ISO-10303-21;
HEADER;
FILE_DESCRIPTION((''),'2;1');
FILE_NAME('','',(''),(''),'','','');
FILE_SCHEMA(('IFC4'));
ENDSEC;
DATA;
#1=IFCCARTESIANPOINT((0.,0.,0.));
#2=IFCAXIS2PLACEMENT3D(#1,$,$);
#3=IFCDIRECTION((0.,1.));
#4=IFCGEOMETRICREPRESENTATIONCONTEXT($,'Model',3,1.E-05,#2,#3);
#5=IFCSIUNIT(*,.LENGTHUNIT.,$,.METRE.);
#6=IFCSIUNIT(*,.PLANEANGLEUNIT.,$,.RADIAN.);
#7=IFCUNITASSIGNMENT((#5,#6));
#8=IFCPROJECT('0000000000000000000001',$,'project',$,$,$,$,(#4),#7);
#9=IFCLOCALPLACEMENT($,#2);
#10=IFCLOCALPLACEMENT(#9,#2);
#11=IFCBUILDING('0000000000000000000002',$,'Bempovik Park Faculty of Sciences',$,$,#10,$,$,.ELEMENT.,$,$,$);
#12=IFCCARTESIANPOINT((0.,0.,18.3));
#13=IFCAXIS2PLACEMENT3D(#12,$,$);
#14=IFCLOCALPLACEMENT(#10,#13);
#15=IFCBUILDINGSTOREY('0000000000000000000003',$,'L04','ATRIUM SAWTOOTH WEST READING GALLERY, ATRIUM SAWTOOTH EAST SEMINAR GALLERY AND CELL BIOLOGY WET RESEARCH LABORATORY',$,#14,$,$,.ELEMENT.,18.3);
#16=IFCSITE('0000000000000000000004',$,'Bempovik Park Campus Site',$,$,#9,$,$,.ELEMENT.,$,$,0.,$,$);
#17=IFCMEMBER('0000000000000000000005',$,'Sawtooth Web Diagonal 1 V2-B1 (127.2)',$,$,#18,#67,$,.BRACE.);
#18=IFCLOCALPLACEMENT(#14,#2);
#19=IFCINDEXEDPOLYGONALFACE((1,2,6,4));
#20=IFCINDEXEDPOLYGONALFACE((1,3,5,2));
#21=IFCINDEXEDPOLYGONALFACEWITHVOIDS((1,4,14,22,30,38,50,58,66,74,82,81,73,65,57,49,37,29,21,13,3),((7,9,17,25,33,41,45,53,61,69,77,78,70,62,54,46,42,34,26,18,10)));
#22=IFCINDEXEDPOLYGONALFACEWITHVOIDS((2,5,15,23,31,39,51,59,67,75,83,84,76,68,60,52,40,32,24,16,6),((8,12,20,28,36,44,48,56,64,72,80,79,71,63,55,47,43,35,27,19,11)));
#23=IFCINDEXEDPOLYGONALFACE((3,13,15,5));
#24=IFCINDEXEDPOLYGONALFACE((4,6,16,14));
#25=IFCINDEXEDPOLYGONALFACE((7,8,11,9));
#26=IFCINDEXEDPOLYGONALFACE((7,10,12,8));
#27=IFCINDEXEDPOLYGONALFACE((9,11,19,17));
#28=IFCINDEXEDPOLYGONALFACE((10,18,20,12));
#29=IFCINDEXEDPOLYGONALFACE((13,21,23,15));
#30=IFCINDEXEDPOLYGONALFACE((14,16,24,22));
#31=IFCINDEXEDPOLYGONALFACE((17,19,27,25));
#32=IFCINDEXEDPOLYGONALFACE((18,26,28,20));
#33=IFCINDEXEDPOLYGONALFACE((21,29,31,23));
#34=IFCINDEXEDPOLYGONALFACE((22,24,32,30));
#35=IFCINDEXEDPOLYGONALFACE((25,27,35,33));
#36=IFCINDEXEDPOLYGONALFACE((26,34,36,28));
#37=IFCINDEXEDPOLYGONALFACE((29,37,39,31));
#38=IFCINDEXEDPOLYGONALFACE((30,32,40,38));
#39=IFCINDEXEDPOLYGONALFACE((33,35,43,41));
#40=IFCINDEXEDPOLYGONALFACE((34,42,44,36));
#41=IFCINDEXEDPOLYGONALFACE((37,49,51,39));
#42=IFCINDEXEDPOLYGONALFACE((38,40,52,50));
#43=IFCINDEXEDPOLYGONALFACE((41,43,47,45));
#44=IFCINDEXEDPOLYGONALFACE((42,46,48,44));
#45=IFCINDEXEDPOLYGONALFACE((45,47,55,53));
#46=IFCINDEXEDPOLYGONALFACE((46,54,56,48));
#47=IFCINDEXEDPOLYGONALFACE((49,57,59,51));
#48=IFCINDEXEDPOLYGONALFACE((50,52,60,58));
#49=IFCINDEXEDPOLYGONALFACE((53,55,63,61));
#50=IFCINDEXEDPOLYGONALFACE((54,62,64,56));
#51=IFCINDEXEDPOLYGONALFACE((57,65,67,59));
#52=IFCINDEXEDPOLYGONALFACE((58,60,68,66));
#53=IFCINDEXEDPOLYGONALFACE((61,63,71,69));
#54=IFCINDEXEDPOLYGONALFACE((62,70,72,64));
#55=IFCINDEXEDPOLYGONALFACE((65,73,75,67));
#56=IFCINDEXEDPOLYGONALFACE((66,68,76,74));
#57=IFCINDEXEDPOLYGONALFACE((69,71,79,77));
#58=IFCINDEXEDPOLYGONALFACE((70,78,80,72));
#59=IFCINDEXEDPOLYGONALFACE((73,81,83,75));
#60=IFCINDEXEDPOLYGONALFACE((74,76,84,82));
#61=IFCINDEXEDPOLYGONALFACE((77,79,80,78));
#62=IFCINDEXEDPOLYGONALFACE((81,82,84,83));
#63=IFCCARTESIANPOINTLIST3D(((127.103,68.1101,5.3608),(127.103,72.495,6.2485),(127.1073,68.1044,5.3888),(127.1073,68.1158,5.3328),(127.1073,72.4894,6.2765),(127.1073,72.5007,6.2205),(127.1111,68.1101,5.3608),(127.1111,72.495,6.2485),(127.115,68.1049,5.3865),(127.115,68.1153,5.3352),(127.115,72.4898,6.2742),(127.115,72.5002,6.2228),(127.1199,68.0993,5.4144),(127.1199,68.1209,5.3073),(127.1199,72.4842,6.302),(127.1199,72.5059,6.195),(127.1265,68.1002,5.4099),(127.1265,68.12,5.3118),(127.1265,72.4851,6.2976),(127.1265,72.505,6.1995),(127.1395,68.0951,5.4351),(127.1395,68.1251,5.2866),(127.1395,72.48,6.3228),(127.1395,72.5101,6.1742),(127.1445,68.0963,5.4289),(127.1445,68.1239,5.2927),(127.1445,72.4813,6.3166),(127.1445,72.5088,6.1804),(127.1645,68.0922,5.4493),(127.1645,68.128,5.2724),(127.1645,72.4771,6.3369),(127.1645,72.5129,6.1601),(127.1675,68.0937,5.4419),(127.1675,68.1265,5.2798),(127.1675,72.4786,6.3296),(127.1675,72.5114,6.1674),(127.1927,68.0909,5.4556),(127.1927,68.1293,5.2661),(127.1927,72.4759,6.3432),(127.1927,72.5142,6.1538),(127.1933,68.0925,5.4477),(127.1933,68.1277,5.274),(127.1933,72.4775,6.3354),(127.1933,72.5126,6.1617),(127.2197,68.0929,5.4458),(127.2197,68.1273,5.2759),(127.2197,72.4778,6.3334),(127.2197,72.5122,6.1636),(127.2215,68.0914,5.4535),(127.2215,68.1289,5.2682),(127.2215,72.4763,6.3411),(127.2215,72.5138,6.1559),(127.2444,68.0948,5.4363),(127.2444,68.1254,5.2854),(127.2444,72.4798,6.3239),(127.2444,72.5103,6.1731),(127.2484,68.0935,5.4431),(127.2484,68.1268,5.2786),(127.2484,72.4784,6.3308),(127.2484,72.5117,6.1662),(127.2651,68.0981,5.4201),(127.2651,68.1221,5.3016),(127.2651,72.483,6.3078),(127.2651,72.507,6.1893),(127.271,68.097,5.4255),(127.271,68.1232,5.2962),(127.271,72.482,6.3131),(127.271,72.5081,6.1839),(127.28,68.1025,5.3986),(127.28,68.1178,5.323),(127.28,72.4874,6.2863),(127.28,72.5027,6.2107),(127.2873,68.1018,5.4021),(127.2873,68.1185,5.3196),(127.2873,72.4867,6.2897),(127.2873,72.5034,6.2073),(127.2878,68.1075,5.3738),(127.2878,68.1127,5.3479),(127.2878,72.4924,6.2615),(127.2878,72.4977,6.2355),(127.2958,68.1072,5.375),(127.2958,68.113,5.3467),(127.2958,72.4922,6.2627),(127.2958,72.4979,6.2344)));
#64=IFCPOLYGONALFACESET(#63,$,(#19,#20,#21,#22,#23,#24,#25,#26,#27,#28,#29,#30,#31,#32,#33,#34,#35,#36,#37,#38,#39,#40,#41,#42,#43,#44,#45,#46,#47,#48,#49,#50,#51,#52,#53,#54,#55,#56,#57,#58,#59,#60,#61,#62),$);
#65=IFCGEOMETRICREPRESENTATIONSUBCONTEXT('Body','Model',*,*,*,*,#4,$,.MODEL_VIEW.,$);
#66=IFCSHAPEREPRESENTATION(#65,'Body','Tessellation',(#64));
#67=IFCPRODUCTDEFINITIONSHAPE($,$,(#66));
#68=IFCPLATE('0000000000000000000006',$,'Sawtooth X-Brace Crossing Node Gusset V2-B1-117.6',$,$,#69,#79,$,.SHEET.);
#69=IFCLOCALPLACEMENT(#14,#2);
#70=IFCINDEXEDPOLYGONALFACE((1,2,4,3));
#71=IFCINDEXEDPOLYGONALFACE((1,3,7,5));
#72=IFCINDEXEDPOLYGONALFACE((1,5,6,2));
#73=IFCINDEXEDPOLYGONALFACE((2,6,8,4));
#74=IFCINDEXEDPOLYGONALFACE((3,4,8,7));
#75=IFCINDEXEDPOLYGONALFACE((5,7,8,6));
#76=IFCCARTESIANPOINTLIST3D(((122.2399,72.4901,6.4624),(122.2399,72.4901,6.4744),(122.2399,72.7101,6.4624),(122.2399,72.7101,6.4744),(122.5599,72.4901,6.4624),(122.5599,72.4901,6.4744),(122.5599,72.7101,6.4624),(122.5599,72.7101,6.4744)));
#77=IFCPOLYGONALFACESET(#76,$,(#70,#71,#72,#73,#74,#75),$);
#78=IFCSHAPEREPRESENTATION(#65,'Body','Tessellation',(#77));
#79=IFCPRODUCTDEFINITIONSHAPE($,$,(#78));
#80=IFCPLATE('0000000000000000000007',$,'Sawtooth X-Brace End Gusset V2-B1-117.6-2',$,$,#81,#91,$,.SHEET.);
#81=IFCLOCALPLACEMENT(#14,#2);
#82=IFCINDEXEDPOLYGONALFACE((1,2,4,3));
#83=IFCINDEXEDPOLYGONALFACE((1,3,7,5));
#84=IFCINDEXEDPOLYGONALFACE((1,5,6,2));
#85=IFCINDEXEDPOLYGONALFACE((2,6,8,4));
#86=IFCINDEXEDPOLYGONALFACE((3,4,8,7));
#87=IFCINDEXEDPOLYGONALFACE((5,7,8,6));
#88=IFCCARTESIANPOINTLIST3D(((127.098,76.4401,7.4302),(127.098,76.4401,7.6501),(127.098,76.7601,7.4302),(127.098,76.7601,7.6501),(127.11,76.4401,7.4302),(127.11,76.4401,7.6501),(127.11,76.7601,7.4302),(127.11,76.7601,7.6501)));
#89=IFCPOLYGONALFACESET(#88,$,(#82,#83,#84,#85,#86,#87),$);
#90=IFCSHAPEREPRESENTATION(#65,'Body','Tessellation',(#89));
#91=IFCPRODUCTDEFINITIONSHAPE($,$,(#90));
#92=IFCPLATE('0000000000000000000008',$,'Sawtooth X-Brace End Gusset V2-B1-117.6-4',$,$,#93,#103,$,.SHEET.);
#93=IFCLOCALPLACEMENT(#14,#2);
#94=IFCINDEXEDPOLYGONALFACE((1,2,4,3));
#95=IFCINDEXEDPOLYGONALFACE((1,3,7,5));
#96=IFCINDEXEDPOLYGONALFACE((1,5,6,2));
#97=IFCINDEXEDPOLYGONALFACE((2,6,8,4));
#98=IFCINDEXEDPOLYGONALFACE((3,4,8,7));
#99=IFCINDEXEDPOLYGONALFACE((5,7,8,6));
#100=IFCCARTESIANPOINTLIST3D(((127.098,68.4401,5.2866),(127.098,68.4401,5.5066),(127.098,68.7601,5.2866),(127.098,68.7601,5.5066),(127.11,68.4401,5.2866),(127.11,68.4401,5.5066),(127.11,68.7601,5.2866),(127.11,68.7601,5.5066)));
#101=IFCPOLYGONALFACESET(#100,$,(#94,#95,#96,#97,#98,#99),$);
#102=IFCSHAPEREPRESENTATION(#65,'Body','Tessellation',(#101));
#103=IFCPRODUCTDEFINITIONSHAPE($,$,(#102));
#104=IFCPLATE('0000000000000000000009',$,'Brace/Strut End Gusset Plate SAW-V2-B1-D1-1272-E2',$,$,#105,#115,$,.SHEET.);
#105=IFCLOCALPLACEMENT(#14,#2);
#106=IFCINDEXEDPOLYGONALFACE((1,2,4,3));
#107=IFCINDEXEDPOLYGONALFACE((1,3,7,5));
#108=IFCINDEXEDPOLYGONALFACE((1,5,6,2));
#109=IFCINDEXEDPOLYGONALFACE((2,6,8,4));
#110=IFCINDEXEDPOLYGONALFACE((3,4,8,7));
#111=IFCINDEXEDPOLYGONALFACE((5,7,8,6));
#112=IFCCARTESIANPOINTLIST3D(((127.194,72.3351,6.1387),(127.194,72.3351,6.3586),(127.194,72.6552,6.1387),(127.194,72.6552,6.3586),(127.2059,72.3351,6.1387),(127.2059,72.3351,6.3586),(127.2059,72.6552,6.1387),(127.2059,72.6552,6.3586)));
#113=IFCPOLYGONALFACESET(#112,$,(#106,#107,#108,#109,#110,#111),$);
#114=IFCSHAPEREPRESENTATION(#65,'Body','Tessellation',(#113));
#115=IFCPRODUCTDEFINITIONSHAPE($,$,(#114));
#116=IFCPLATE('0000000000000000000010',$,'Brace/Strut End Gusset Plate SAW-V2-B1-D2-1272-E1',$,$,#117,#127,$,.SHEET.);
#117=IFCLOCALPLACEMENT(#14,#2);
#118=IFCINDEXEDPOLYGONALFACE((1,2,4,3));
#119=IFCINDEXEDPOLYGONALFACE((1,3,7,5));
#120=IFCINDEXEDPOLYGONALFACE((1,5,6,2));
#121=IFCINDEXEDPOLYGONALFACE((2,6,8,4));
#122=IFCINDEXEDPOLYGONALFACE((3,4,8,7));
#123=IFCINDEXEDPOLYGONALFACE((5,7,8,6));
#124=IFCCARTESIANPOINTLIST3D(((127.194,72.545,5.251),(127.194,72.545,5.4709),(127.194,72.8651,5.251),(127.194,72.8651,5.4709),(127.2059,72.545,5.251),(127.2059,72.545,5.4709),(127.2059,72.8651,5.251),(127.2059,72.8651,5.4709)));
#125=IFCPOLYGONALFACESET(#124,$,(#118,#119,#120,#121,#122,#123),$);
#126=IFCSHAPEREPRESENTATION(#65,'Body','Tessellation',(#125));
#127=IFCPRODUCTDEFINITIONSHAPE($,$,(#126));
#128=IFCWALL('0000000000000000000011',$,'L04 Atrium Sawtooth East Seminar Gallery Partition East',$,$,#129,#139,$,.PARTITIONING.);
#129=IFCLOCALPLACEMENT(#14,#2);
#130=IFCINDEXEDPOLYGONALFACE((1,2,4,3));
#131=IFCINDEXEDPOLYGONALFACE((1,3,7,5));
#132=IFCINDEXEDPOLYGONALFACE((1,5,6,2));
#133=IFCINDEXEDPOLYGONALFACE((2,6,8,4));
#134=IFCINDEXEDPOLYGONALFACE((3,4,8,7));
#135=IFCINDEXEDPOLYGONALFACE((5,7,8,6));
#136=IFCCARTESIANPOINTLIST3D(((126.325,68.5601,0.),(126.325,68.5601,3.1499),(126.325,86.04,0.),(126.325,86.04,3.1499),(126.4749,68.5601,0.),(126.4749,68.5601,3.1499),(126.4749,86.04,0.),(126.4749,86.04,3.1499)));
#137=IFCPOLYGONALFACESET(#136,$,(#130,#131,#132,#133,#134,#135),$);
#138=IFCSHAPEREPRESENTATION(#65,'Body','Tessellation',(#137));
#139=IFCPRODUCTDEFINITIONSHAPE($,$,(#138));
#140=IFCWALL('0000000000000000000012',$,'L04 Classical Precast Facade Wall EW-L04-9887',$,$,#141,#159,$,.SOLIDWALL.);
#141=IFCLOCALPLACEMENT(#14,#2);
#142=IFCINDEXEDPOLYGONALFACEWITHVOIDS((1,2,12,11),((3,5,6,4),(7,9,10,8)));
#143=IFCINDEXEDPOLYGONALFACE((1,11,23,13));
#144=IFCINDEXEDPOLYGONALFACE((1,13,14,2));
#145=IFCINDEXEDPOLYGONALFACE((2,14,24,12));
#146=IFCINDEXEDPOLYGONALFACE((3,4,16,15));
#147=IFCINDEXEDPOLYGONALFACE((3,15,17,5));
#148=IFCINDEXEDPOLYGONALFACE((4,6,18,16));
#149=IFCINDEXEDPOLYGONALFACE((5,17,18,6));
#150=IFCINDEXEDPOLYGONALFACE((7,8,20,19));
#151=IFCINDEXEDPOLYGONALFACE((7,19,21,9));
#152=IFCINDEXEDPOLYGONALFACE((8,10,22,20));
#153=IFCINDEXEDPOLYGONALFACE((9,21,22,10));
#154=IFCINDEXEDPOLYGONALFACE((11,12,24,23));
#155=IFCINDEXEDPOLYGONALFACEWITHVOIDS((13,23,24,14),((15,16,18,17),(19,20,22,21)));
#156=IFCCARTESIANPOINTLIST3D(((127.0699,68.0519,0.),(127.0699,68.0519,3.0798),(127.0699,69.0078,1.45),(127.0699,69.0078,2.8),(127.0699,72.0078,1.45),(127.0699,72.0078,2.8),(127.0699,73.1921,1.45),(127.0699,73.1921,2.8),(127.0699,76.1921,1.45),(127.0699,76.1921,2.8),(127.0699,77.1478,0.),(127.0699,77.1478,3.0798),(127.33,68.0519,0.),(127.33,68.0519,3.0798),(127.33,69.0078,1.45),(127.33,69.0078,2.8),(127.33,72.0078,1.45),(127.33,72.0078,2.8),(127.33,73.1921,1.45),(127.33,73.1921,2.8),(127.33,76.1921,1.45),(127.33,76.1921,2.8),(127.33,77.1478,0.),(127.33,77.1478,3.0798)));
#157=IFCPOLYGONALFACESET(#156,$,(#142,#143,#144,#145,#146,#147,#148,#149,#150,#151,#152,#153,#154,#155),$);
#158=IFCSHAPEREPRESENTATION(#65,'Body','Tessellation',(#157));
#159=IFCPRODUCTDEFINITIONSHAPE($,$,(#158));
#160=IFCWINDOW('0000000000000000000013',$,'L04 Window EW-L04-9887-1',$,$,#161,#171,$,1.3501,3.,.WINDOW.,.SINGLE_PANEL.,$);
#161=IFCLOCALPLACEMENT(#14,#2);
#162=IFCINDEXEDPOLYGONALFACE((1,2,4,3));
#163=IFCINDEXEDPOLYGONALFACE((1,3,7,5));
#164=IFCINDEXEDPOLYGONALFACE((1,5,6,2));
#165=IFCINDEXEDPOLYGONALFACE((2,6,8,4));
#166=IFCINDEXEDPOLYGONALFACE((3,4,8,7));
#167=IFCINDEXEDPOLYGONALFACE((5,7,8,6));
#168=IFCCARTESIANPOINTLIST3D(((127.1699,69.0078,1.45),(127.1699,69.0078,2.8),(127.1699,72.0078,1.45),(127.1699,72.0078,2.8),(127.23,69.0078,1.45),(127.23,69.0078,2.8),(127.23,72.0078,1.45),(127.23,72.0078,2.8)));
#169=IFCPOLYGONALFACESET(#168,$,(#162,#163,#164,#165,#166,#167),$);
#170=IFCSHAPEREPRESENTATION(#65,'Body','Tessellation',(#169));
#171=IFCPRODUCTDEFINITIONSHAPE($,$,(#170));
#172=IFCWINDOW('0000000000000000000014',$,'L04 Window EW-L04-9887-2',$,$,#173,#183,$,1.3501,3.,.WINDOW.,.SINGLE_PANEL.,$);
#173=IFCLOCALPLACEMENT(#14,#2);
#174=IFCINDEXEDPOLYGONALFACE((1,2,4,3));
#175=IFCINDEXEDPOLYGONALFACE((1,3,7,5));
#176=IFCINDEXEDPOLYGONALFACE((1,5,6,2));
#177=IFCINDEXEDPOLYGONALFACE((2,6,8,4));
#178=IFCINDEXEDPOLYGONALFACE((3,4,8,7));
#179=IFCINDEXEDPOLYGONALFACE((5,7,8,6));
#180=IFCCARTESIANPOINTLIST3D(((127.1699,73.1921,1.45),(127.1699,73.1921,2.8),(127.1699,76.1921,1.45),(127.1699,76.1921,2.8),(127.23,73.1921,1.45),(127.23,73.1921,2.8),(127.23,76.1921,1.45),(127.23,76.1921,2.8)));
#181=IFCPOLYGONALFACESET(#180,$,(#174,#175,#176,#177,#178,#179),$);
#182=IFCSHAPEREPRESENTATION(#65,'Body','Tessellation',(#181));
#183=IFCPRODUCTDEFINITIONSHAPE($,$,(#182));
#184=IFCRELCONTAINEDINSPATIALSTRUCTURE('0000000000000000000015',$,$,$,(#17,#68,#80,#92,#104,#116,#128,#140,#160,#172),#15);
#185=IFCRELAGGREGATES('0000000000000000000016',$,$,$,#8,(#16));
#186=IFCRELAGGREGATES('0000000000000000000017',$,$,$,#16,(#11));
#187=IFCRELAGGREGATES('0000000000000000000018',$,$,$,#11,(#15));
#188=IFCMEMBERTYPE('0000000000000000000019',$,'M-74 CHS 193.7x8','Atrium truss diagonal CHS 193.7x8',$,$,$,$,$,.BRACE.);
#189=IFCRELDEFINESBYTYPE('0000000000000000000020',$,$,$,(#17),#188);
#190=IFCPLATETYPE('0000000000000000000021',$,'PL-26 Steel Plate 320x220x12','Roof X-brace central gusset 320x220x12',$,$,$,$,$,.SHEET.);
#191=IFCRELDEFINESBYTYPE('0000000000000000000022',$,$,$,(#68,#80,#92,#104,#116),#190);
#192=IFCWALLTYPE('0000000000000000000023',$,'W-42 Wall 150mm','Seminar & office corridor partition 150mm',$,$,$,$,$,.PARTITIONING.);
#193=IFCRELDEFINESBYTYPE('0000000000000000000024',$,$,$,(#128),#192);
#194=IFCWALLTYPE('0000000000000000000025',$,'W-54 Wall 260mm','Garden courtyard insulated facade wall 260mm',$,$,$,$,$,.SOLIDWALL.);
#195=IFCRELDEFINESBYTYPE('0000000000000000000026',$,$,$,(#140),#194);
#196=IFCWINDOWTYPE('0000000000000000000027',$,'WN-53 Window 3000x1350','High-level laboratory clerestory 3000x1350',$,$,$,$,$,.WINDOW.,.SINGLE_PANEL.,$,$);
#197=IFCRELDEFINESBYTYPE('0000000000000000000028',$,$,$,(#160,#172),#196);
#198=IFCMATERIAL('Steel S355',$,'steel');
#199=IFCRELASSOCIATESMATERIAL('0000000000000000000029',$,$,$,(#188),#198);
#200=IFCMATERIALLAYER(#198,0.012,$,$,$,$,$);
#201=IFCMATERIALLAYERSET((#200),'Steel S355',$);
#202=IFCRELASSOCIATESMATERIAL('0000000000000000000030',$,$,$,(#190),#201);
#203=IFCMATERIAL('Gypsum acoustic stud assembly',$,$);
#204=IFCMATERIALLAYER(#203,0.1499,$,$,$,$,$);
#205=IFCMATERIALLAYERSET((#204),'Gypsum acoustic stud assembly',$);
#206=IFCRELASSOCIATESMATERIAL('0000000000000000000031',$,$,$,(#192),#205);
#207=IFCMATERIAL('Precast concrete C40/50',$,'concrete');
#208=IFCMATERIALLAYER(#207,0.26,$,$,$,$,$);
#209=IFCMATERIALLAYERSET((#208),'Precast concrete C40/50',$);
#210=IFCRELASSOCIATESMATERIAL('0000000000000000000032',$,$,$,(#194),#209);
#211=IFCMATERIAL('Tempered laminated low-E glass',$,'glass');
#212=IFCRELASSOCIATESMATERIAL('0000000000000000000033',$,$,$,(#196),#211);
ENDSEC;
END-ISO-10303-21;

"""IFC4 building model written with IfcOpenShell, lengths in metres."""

from ifc_helpers import new_model, si_unit, direction, frame, frame_2d, origin, origin_2d, place, context, subcontext, project, spatial, rectangle, hollow_circle, extrude, material, layer, layer_set, material_profile, profile_set, type_object, element, fill, save


model = new_model("IFC4")

# Units and contexts
model_context = context("Model", 3, precision=1e-05, world=origin(), true_north=direction((0.0, 1.0)))
body_context = subcontext(model_context, "Body", "Model", "MODEL_VIEW")
ifc_project = project(units=[si_unit("LENGTHUNIT", "METRE"), si_unit("PLANEANGLEUNIT", "RADIAN")], contexts=[model_context])

# Site, building, storey
site_placement = place(None, origin())
site = spatial("IfcSite", under=ifc_project, at=site_placement, Name="Bempovik Park Campus Site", CompositionType="ELEMENT", RefElevation=0.0)
building_placement = place(site_placement, origin())
building = spatial("IfcBuilding", under=site, at=building_placement, Name="Bempovik Park Faculty of Sciences", CompositionType="ELEMENT")
storey_placement = place(building_placement, frame((0.0, 0.0, 18.3)))
storey = spatial("IfcBuildingStorey", under=building, at=storey_placement, Name="L04", Description="ATRIUM SAWTOOTH WEST READING GALLERY, ATRIUM SAWTOOTH EAST SEMINAR GALLERY AND CELL BIOLOGY WET RESEARCH LABORATORY", CompositionType="ELEMENT", Elevation=18.3)

# Member
ifc_material_1 = material(Name="Steel S355", Category="steel")
ifc_material_profile_1 = material_profile(ifc_material_1, hollow_circle(Radius=0.0969, WallThickness=0.0081, at=origin_2d()), Name="CHS 193.7x8")
ifc_profile_set_1 = profile_set([ifc_material_profile_1], Name="Steel S355")
member_type_1 = type_object("IfcMemberType", Name="M-74 CHS 193.7x8", Description="Atrium truss diagonal CHS 193.7x8", PredefinedType="BRACE", material=ifc_profile_set_1)
member_1_placement = place(storey_placement, frame((127.2, 68.1101, 5.3608), z_axis=(0.0, 0.980118, 0.198414), x_axis=(-1.0, 0.0, 0.0)))
element("IfcMember", 1, at=member_1_placement, inside=storey, type_object=member_type_1, Name="Sawtooth Web Diagonal 1 V2-B1 (127.2)", PredefinedType="BRACE", context=body_context, shape_type="SweptSolid", body=[
    extrude(hollow_circle(Radius=0.0969, WallThickness=0.0081, at=origin_2d()), origin(), (0.0, 0.0, 1.0), 4.4739),
])

# Plates
ifc_layer_1 = layer(ifc_material_1, 0.012)
ifc_layer_set_1 = layer_set([ifc_layer_1], Name="Steel S355")
plate_type = type_object("IfcPlateType", Name="PL-26 Steel Plate 320x220x12", Description="Roof X-brace central gusset 320x220x12", PredefinedType="SHEET", material=ifc_layer_set_1)
plate_placement = place(storey_placement, frame((122.3999, 72.6001, 6.4624), z_axis=(0.0, 0.0, 1.0), x_axis=(1.0, 0.0, 0.0)))
element("IfcPlate", 2, at=plate_placement, inside=storey, type_object=plate_type, Name="Sawtooth X-Brace Crossing Node Gusset V2-B1-117.6", PredefinedType="SHEET", context=body_context, shape_type="SweptSolid", body=[
    extrude(rectangle(XDim=0.3201, YDim=0.22, at=origin_2d()), origin(), (0.0, 0.0, 1.0), 0.012),
])
for number, where, z_axis, x_axis, name in (
    (3, (127.104, 76.6001, 7.4302), (0.0, 0.0, 1.0), (1.0, 0.0, 0.0), "Sawtooth X-Brace End Gusset V2-B1-117.6-2"),
    (4, (127.104, 68.6001, 5.2866), (0.0, 0.0, 1.0), (1.0, 0.0, 0.0), "Sawtooth X-Brace End Gusset V2-B1-117.6-4"),
    (5, (127.2, 72.4951, 6.1387), (0.0, 0.0, 1.0), (1.0, 0.0, 0.0), "Brace/Strut End Gusset Plate SAW-V2-B1-D1-1272-E2"),
    (6, (127.2, 72.7051, 5.251), (0.0, 0.0, 1.0), (1.0, 0.0, 0.0), "Brace/Strut End Gusset Plate SAW-V2-B1-D2-1272-E1"),
):
    element("IfcPlate", number, at=place(storey_placement, frame(where, z_axis=z_axis, x_axis=x_axis)), inside=storey, type_object=plate_type, Name=name, PredefinedType="SHEET", context=body_context, shape_type="SweptSolid", body=[
        extrude(rectangle(XDim=0.012, YDim=0.3201, at=origin_2d()), origin(), (0.0, 0.0, 1.0), 0.22),
    ])

# Wall
ifc_material_2 = material(Name="Gypsum acoustic stud assembly")
ifc_layer_2 = layer(ifc_material_2, 0.1499)
ifc_layer_set_2 = layer_set([ifc_layer_2], Name="Gypsum acoustic stud assembly")
wall_type_1 = type_object("IfcWallType", Name="W-42 Wall 150mm", Description="Seminar & office corridor partition 150mm", PredefinedType="PARTITIONING", material=ifc_layer_set_2)
wall_1_placement = place(storey_placement, frame((126.3999, 68.5601, 0.0), z_axis=(0.0, 0.0, 1.0), x_axis=(0.0, 1.0, 0.0)))
element("IfcWall", 7, at=wall_1_placement, inside=storey, type_object=wall_type_1, Name="L04 Atrium Sawtooth East Seminar Gallery Partition East", PredefinedType="PARTITIONING", context=body_context, shape_type="SweptSolid", body=[
    extrude(rectangle(XDim=17.48, YDim=0.1499, at=frame_2d((8.74, 0.0))), origin(), (0.0, 0.0, 1.0), 3.1499),
])

# Wall, openings, windows
ifc_material_3 = material(Name="Precast concrete C40/50", Category="concrete")
ifc_layer_3 = layer(ifc_material_3, 0.26)
ifc_layer_set_3 = layer_set([ifc_layer_3], Name="Precast concrete C40/50")
wall_type_2 = type_object("IfcWallType", Name="W-54 Wall 260mm", Description="Garden courtyard insulated facade wall 260mm", PredefinedType="SOLIDWALL", material=ifc_layer_set_3)
wall_2_placement = place(storey_placement, frame((127.2, 68.052, 0.0), z_axis=(0.0, 0.0, 1.0), x_axis=(0.0, 1.0, 0.0)))
wall_2 = element("IfcWall", 8, at=wall_2_placement, inside=storey, type_object=wall_type_2, Name="L04 Classical Precast Facade Wall EW-L04-9887", PredefinedType="SOLIDWALL", context=body_context, shape_type="SweptSolid", body=[
    extrude(rectangle(XDim=9.0959, YDim=0.26, at=frame_2d((4.5479, 0.0))), origin(), (0.0, 0.0, 1.0), 3.0798),
])
opening_1_placement = place(wall_2_placement, frame((0.9558, 0.0, 1.45)))
opening_1 = element("IfcOpeningElement", 9, at=opening_1_placement, cuts=wall_2, PredefinedType="OPENING", context=body_context, shape_type="SweptSolid", body=[
    extrude(rectangle(XDim=3.0, YDim=1.3501, at=frame_2d((1.5, 0.675))), frame((0.0, 0.1401, 0.0), z_axis=(0.0, -1.0, 0.0), x_axis=(1.0, 0.0, 0.0)), (0.0, 0.0, 1.0), 0.28),
])
opening_2_placement = place(wall_2_placement, frame((5.1401, 0.0, 1.45)))
opening_2 = element("IfcOpeningElement", 10, at=opening_2_placement, cuts=wall_2, PredefinedType="OPENING", context=body_context, shape_type="SweptSolid", body=[
    extrude(rectangle(XDim=3.0, YDim=1.3501, at=frame_2d((1.5, 0.675))), frame((0.0, 0.1401, 0.0), z_axis=(0.0, -1.0, 0.0), x_axis=(1.0, 0.0, 0.0)), (0.0, 0.0, 1.0), 0.28),
])
ifc_material_4 = material(Name="Tempered laminated low-E glass", Category="glass")
window_type = type_object("IfcWindowType", Name="WN-53 Window 3000x1350", Description="High-level laboratory clerestory 3000x1350", PartitioningType="SINGLE_PANEL", PredefinedType="WINDOW", material=ifc_material_4)
window_1_placement = place(opening_1_placement, origin())
window_1 = element("IfcWindow", 11, at=window_1_placement, inside=storey, type_object=window_type, Name="L04 Window EW-L04-9887-1", OverallHeight=1.3501, OverallWidth=3.0, PartitioningType="SINGLE_PANEL", PredefinedType="WINDOW", context=body_context, shape_type="SweptSolid", body=[
    extrude(rectangle(XDim=3.0, YDim=1.3501, at=frame_2d((1.5, 0.675))), frame((0.0, 0.03, 0.0), z_axis=(0.0, -1.0, 0.0), x_axis=(1.0, 0.0, 0.0)), (0.0, 0.0, 1.0), 0.0601),
])
fill(opening_1, window_1)
window_2_placement = place(opening_2_placement, origin())
window_2 = element("IfcWindow", 12, at=window_2_placement, inside=storey, type_object=window_type, Name="L04 Window EW-L04-9887-2", OverallHeight=1.3501, OverallWidth=3.0, PartitioningType="SINGLE_PANEL", PredefinedType="WINDOW", context=body_context, shape_type="SweptSolid", body=[
    extrude(rectangle(XDim=3.0, YDim=1.3501, at=frame_2d((1.5, 0.675))), frame((0.0, 0.03, 0.0), z_axis=(0.0, -1.0, 0.0), x_axis=(1.0, 0.0, 0.0)), (0.0, 0.0, 1.0), 0.0601),
])
fill(opening_2, window_2)

save(model, "model.ifc")
